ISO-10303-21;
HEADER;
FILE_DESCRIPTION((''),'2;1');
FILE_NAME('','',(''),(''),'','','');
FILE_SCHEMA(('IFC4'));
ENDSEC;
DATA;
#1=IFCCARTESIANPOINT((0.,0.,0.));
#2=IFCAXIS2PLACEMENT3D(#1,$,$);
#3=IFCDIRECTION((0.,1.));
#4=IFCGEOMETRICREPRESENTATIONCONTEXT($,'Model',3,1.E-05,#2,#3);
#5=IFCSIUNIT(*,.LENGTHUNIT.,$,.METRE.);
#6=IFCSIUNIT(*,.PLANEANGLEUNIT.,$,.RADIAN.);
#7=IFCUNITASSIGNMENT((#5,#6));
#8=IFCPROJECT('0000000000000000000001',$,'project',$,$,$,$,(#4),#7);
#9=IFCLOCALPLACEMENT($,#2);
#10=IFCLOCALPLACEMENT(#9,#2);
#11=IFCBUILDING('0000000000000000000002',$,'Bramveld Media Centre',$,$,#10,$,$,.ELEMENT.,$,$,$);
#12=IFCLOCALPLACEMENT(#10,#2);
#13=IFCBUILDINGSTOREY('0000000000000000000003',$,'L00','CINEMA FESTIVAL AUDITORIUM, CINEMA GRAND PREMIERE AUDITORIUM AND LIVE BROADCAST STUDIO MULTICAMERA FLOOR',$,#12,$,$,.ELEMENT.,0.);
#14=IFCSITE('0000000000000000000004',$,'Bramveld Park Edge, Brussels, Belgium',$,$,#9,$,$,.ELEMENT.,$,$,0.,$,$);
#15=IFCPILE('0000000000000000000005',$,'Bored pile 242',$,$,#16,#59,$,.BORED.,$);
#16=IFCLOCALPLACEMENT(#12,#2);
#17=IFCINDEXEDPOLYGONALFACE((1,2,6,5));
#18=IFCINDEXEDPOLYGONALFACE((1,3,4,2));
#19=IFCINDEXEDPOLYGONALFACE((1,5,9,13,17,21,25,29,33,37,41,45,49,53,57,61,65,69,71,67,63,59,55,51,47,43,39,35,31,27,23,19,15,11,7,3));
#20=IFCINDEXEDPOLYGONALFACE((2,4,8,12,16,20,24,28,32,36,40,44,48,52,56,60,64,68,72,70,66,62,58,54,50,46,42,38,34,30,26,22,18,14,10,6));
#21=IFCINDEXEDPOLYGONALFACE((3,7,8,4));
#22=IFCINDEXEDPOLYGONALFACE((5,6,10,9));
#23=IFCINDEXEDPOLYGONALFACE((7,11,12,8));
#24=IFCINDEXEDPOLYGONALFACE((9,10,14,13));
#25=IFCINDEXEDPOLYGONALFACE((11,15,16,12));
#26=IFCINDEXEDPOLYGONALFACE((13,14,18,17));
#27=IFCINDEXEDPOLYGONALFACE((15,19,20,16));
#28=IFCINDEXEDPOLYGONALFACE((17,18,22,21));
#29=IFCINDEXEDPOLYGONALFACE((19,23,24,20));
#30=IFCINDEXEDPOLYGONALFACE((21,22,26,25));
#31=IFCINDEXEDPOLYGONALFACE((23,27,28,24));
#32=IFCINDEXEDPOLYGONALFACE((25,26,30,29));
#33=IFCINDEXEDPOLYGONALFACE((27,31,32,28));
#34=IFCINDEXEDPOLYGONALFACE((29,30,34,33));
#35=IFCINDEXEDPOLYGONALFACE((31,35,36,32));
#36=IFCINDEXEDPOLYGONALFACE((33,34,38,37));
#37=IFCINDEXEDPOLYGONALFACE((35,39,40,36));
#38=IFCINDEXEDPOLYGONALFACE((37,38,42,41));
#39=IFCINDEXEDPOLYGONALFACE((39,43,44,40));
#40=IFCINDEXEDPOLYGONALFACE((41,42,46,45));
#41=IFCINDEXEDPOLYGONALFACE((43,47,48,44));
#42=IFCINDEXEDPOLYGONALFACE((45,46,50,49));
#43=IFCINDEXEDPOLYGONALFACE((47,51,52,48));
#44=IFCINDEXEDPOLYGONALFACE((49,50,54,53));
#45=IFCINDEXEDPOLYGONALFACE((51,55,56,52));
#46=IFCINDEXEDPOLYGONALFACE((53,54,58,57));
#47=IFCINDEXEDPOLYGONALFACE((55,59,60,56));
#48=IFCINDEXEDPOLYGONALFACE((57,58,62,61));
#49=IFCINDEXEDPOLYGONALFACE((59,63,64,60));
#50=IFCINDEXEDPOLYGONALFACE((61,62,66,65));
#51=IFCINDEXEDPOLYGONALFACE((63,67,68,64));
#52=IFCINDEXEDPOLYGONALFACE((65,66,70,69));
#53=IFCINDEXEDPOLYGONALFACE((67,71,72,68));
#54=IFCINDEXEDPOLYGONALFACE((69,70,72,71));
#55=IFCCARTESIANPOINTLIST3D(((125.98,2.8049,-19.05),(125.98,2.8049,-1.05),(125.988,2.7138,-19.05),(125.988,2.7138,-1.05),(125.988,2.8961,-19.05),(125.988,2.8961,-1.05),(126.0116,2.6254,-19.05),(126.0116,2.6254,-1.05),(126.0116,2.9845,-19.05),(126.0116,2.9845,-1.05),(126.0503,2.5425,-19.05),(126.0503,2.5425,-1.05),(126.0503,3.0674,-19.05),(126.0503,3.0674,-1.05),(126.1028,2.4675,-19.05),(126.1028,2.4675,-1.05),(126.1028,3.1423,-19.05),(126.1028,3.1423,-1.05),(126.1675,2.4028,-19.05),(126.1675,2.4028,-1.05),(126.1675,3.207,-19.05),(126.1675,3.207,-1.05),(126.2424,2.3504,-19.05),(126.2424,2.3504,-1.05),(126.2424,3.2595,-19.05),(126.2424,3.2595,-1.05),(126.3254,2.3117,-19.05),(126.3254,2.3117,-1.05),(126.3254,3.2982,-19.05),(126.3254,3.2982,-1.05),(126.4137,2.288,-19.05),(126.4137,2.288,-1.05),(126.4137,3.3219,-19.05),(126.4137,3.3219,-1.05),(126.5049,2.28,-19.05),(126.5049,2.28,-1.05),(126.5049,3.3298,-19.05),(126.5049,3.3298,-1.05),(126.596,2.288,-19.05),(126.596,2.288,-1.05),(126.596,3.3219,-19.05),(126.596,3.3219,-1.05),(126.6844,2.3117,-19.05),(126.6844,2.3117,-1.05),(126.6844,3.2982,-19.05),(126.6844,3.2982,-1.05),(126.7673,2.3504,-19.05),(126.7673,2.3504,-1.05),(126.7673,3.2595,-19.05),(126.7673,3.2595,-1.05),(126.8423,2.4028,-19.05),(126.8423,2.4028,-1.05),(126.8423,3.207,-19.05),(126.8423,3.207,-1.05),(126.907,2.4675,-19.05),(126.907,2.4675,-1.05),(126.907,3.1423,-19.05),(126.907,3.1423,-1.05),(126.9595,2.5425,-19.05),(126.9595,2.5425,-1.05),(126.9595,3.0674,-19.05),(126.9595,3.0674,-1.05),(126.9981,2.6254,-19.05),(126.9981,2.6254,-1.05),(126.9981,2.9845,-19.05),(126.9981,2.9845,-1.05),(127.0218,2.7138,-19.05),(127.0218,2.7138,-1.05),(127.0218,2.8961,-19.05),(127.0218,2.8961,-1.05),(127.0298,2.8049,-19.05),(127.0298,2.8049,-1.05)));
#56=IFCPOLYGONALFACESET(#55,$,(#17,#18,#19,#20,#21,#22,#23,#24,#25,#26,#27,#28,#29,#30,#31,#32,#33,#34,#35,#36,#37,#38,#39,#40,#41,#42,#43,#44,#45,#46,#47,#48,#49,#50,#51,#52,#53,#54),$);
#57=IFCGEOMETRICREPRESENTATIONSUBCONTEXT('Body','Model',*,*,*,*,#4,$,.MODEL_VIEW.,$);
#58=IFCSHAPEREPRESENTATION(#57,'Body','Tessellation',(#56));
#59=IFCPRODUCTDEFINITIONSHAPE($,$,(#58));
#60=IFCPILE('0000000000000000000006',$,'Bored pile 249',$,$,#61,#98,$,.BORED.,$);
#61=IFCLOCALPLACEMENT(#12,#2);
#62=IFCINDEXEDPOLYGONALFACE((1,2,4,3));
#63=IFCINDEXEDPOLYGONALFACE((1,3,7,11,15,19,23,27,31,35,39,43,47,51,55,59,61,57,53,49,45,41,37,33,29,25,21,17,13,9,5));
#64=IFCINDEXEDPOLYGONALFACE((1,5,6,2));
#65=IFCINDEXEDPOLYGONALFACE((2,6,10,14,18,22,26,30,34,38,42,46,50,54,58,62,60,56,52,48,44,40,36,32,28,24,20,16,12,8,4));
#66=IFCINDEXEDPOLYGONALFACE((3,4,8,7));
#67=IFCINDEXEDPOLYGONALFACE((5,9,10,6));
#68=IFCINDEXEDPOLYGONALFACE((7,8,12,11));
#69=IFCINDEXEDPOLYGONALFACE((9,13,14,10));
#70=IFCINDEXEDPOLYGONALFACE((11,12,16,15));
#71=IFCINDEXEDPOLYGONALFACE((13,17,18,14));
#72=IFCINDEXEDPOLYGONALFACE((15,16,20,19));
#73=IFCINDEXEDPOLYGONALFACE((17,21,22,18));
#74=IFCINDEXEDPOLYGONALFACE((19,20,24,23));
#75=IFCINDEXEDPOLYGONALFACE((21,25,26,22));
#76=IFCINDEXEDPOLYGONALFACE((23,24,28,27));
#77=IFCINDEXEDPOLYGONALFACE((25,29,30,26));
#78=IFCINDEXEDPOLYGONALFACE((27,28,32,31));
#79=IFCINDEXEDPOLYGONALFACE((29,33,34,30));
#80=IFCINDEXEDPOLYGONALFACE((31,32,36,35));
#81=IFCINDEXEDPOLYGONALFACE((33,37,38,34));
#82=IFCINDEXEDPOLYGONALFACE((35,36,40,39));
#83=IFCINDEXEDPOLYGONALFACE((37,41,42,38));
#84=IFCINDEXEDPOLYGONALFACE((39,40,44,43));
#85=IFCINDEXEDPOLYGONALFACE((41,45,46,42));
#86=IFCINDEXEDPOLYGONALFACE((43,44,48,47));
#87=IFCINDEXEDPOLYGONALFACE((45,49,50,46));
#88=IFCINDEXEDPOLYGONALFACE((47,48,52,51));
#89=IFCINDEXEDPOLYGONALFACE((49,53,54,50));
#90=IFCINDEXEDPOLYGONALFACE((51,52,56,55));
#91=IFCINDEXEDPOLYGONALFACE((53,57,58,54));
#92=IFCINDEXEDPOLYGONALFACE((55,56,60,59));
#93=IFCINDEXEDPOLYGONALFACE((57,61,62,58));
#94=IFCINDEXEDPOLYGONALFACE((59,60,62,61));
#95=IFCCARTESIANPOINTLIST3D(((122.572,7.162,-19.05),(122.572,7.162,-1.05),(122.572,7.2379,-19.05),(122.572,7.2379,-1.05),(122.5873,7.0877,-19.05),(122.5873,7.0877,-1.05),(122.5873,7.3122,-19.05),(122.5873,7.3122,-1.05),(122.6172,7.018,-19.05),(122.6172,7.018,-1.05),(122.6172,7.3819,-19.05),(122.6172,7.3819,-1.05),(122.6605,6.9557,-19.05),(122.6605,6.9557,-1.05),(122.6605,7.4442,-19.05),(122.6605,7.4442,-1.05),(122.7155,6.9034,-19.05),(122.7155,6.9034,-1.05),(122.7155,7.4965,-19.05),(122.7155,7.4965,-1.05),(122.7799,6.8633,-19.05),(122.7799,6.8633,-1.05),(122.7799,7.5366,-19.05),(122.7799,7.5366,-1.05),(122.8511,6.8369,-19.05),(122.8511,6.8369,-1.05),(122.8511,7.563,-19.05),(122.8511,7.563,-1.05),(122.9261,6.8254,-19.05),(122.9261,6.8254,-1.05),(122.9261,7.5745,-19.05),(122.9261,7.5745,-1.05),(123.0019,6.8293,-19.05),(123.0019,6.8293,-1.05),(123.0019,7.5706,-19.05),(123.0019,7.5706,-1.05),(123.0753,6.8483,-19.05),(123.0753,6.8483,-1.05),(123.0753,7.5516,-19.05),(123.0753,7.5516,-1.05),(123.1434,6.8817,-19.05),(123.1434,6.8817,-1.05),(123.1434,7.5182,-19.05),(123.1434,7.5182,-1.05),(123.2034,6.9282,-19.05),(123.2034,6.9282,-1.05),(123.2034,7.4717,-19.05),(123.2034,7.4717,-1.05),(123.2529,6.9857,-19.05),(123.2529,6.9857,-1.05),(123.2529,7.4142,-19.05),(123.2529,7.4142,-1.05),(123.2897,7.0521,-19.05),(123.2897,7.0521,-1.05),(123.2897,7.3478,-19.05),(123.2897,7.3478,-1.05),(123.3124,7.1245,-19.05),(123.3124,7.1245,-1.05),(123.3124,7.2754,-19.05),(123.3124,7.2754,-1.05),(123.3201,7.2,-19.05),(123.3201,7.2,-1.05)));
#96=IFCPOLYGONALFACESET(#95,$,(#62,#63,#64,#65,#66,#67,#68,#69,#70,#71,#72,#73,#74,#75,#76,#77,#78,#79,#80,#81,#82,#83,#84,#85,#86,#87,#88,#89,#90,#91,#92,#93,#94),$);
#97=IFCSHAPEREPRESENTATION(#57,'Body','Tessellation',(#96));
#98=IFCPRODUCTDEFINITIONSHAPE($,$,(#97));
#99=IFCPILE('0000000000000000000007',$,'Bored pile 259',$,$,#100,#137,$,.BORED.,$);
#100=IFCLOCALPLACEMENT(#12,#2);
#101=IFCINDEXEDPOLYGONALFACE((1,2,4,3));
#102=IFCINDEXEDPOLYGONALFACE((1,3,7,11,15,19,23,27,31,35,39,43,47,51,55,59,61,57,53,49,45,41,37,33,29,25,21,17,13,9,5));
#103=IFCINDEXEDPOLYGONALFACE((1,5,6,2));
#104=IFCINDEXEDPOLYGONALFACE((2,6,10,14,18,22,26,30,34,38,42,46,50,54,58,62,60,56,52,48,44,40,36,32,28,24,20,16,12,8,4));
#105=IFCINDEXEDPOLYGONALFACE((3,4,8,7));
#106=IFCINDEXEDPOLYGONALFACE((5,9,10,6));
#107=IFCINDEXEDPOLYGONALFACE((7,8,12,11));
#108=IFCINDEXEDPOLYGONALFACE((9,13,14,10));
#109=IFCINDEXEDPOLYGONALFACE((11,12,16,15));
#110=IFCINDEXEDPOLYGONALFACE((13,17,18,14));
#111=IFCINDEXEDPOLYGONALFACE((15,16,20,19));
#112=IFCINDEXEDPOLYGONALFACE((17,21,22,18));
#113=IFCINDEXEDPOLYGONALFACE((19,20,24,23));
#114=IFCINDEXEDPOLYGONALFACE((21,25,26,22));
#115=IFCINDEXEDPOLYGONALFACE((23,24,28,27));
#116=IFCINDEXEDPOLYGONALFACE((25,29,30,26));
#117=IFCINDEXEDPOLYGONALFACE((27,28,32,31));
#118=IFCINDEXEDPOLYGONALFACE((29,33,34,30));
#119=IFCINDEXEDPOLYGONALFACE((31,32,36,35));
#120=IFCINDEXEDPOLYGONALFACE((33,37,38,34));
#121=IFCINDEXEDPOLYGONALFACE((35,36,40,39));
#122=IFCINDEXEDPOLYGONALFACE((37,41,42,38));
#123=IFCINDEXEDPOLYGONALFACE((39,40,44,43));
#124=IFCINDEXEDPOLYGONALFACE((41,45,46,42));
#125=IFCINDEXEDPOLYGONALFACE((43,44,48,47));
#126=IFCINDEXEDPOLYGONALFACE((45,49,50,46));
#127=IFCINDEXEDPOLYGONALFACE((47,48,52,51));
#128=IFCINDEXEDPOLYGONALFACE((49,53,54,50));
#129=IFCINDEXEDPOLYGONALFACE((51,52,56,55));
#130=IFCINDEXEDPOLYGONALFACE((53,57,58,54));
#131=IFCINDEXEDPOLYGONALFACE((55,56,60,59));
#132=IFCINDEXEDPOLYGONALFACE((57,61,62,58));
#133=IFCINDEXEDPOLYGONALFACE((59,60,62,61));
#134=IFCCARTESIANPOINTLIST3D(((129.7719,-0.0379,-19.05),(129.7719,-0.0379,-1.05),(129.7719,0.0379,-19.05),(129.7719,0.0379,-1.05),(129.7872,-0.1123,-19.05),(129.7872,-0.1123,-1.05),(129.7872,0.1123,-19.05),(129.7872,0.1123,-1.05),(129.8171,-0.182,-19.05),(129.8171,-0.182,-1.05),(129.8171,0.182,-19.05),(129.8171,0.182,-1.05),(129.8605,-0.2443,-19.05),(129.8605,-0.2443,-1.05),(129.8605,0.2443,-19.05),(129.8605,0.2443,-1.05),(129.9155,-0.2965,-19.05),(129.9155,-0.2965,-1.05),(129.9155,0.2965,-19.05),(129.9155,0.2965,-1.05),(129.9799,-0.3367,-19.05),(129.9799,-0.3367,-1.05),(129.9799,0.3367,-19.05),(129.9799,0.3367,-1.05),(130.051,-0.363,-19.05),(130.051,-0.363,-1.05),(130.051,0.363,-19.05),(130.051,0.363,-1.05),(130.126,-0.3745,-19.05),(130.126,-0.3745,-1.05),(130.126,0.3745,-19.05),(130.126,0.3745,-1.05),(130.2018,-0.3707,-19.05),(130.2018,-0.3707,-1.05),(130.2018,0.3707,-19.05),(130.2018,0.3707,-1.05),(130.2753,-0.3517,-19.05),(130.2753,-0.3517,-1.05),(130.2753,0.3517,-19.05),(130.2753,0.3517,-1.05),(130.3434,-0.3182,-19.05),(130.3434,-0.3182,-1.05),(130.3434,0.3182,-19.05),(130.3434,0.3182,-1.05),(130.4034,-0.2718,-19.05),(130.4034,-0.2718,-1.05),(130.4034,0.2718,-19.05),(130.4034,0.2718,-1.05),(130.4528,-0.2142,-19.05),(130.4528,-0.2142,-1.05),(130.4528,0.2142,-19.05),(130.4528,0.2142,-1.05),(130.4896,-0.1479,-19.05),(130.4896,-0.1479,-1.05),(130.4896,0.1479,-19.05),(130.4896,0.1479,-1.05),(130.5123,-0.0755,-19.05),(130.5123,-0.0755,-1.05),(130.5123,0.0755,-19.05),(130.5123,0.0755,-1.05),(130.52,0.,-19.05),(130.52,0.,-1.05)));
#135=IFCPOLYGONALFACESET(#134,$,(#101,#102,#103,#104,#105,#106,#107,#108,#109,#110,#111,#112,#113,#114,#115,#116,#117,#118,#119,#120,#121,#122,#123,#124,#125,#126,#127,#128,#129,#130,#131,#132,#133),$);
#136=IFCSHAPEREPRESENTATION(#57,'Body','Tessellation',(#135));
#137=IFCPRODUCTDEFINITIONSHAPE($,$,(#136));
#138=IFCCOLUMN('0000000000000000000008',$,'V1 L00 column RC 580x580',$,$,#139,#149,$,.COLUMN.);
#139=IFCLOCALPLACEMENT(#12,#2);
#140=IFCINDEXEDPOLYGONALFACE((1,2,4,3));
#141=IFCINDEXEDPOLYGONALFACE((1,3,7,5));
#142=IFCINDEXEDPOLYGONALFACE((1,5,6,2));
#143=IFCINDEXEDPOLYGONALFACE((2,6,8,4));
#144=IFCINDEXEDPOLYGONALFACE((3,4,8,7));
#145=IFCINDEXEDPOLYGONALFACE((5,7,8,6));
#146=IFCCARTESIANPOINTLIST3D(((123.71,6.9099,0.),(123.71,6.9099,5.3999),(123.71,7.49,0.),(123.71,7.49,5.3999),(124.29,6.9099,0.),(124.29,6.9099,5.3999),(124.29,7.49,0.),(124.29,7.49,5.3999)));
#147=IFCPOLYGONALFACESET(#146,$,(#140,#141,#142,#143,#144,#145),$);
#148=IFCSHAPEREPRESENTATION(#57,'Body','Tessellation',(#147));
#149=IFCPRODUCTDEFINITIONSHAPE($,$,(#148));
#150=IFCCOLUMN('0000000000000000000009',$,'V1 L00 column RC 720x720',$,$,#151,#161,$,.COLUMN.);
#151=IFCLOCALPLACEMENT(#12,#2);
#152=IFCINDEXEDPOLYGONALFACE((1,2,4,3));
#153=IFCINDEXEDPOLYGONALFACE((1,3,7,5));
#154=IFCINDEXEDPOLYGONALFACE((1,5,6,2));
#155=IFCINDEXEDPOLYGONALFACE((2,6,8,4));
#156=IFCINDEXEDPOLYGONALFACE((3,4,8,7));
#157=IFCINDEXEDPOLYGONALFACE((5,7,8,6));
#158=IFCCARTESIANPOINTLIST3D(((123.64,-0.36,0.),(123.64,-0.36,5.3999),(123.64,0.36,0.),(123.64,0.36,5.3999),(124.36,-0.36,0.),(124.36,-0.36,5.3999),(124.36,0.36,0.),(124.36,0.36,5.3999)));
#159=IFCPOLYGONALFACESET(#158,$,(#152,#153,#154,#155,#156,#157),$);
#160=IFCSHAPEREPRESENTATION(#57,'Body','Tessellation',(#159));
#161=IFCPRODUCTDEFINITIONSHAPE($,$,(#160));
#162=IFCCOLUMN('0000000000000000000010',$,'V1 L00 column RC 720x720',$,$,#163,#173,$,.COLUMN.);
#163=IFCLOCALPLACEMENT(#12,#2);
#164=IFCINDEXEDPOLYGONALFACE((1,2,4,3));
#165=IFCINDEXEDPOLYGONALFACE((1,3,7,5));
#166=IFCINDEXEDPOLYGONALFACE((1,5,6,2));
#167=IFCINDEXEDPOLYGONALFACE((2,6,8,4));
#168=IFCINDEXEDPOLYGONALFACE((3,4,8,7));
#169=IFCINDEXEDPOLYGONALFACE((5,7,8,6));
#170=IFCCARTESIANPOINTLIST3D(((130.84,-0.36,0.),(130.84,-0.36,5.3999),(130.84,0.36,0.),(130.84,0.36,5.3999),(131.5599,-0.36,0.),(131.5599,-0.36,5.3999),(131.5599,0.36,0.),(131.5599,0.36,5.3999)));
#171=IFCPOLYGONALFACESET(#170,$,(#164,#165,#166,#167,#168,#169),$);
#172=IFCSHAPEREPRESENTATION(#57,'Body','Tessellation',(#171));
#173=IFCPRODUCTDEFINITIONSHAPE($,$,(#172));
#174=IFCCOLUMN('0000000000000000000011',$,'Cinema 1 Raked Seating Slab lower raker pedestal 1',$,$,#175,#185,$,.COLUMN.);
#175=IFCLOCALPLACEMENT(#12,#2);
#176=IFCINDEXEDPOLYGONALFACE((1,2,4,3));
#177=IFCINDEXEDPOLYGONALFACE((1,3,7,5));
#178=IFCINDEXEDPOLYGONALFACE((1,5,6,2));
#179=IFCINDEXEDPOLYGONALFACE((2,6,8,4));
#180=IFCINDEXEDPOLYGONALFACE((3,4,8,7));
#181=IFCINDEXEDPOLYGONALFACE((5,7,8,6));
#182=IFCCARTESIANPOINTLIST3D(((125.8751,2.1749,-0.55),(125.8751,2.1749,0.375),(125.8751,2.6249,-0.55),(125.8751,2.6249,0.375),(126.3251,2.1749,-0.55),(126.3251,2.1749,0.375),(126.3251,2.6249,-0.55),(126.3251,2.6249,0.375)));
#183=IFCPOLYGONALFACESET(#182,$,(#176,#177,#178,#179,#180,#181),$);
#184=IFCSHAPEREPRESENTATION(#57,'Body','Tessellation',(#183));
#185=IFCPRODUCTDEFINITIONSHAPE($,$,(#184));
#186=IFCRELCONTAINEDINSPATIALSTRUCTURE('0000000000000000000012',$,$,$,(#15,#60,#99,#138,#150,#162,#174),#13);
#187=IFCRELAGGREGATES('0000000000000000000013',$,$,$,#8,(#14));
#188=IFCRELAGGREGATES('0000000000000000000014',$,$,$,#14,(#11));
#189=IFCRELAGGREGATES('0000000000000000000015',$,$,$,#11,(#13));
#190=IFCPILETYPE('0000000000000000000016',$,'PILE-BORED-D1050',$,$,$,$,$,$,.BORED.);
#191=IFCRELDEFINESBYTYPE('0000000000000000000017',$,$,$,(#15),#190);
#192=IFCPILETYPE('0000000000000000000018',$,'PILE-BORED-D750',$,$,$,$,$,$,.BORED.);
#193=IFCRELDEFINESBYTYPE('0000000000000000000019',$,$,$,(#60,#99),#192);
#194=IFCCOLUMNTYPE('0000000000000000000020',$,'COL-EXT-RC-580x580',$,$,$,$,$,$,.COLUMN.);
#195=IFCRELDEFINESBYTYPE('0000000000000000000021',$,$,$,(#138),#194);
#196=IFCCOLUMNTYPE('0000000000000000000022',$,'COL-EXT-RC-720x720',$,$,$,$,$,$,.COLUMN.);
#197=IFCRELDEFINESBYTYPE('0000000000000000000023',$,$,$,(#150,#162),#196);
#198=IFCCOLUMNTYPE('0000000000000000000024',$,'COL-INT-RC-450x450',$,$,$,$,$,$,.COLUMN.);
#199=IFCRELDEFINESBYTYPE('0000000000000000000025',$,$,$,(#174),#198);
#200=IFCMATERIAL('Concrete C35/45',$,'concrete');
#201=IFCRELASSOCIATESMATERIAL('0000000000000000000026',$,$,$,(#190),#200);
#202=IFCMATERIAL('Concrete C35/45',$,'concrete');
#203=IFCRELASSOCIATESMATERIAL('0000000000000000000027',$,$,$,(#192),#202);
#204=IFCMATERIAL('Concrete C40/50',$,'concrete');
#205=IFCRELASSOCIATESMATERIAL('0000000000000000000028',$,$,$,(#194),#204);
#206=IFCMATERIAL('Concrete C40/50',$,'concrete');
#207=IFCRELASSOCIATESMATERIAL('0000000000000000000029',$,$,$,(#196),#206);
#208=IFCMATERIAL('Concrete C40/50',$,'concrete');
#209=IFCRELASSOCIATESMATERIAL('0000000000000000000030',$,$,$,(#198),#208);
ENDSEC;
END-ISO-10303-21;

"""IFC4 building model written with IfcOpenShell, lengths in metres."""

from ifc_helpers import new_model, si_unit, direction, frame, origin, origin_2d, place, context, subcontext, project, spatial, rectangle, circle, extrude, material, material_profile, profile_set, type_object, element, save


model = new_model("IFC4")

# Units and contexts
model_context = context("Model", 3, precision=1e-05, world=origin(), true_north=direction((0.0, 1.0)))
body_context = subcontext(model_context, "Body", "Model", "MODEL_VIEW")
ifc_project = project(units=[si_unit("LENGTHUNIT", "METRE"), si_unit("PLANEANGLEUNIT", "RADIAN")], contexts=[model_context])

# Site, building, storey
site_placement = place(None, origin())
site = spatial("IfcSite", under=ifc_project, at=site_placement, Name="Bramveld Park Edge, Brussels, Belgium", CompositionType="ELEMENT", RefElevation=0.0)
building_placement = place(site_placement, origin())
building = spatial("IfcBuilding", under=site, at=building_placement, Name="Bramveld Media Centre", CompositionType="ELEMENT")
storey_placement = place(building_placement, origin())
storey = spatial("IfcBuildingStorey", under=building, at=storey_placement, Name="L00", Description="CINEMA FESTIVAL AUDITORIUM, CINEMA GRAND PREMIERE AUDITORIUM AND LIVE BROADCAST STUDIO MULTICAMERA FLOOR", CompositionType="ELEMENT", Elevation=0.0)

# Piles
ifc_material_1 = material(Name="Concrete C35/45", Category="concrete")
ifc_material_profile_1 = material_profile(ifc_material_1, circle(Radius=0.5249, at=origin_2d()), Name="BORED D1050")
ifc_profile_set_1 = profile_set([ifc_material_profile_1], Name="Concrete C35/45")
pile_type_1 = type_object("IfcPileType", Name="PILE-BORED-D1050", PredefinedType="BORED", material=ifc_profile_set_1)
for number, where, z_axis, x_axis, name in (
    (1, (126.5049, 2.8049, -1.05), (0.0, 0.0, -1.0), (1.0, 0.0, 0.0), "Bored pile 242"),
):
    element("IfcPile", number, at=place(storey_placement, frame(where, z_axis=z_axis, x_axis=x_axis)), inside=storey, type_object=pile_type_1, Name=name, PredefinedType="BORED", context=body_context, shape_type="SweptSolid", body=[
        extrude(circle(Radius=0.5249, at=origin_2d()), origin(), (0.0, 0.0, 1.0), 18.0),
    ])
ifc_material_2 = material(Name="Concrete C35/45", Category="concrete")
ifc_material_profile_2 = material_profile(ifc_material_2, circle(Radius=0.375, at=origin_2d()), Name="BORED D750")
ifc_profile_set_2 = profile_set([ifc_material_profile_2], Name="Concrete C35/45")
pile_type_2 = type_object("IfcPileType", Name="PILE-BORED-D750", PredefinedType="BORED", material=ifc_profile_set_2)
for number, where, z_axis, x_axis, name in (
    (2, (122.9451, 7.2, -1.05), (0.0, 0.0, -1.0), (1.0, 0.0, 0.0), "Bored pile 249"),
    (3, (130.145, 0.0, -1.05), (0.0, 0.0, -1.0), (1.0, 0.0, 0.0), "Bored pile 259"),
):
    element("IfcPile", number, at=place(storey_placement, frame(where, z_axis=z_axis, x_axis=x_axis)), inside=storey, type_object=pile_type_2, Name=name, PredefinedType="BORED", context=body_context, shape_type="SweptSolid", body=[
        extrude(circle(Radius=0.375, at=origin_2d()), origin(), (0.0, 0.0, 1.0), 18.0),
    ])

# Columns
ifc_material_3 = material(Name="Concrete C40/50", Category="concrete")
ifc_material_profile_3 = material_profile(ifc_material_3, rectangle(XDim=0.5801, YDim=0.5801, at=origin_2d()), Name="RC 580x580")
ifc_profile_set_3 = profile_set([ifc_material_profile_3], Name="Concrete C40/50")
column_type_1 = type_object("IfcColumnType", Name="COL-EXT-RC-580x580", PredefinedType="COLUMN", material=ifc_profile_set_3)
column_1_placement = place(storey_placement, frame((124.0, 7.2, 0.0), z_axis=(0.0, 0.0, 1.0), x_axis=(1.0, 0.0, 0.0)))
element("IfcColumn", 4, at=column_1_placement, inside=storey, type_object=column_type_1, Name="V1 L00 column RC 580x580", PredefinedType="COLUMN", context=body_context, shape_type="SweptSolid", body=[
    extrude(rectangle(XDim=0.5801, YDim=0.5801, at=origin_2d()), origin(), (0.0, 0.0, 1.0), 5.3999),
])
ifc_material_4 = material(Name="Concrete C40/50", Category="concrete")
ifc_material_profile_4 = material_profile(ifc_material_4, rectangle(XDim=0.72, YDim=0.72, at=origin_2d()), Name="RC 720x720")
ifc_profile_set_4 = profile_set([ifc_material_profile_4], Name="Concrete C40/50")
column_type_2 = type_object("IfcColumnType", Name="COL-EXT-RC-720x720", PredefinedType="COLUMN", material=ifc_profile_set_4)
for number, where, z_axis, x_axis, name in (
    (5, (124.0, 0.0, 0.0), (0.0, 0.0, 1.0), (1.0, 0.0, 0.0), "V1 L00 column RC 720x720"),
    (6, (131.2, 0.0, 0.0), (0.0, 0.0, 1.0), (1.0, 0.0, 0.0), "V1 L00 column RC 720x720"),
):
    element("IfcColumn", number, at=place(storey_placement, frame(where, z_axis=z_axis, x_axis=x_axis)), inside=storey, type_object=column_type_2, Name=name, PredefinedType="COLUMN", context=body_context, shape_type="SweptSolid", body=[
        extrude(rectangle(XDim=0.72, YDim=0.72, at=origin_2d()), origin(), (0.0, 0.0, 1.0), 5.3999),
    ])
ifc_material_5 = material(Name="Concrete C40/50", Category="concrete")
ifc_material_profile_5 = material_profile(ifc_material_5, rectangle(XDim=0.45, YDim=0.45, at=origin_2d()), Name="RC 450x450")
ifc_profile_set_5 = profile_set([ifc_material_profile_5], Name="Concrete C40/50")
column_type_3 = type_object("IfcColumnType", Name="COL-INT-RC-450x450", PredefinedType="COLUMN", material=ifc_profile_set_5)
column_2_placement = place(storey_placement, frame((126.1001, 2.3999, -0.55), z_axis=(0.0, 0.0, 1.0), x_axis=(1.0, 0.0, 0.0)))
element("IfcColumn", 7, at=column_2_placement, inside=storey, type_object=column_type_3, Name="Cinema 1 Raked Seating Slab lower raker pedestal 1", PredefinedType="COLUMN", context=body_context, shape_type="SweptSolid", body=[
    extrude(rectangle(XDim=0.45, YDim=0.45, at=origin_2d()), origin(), (0.0, 0.0, 1.0), 0.925),
])

save(model, "model.ifc")
